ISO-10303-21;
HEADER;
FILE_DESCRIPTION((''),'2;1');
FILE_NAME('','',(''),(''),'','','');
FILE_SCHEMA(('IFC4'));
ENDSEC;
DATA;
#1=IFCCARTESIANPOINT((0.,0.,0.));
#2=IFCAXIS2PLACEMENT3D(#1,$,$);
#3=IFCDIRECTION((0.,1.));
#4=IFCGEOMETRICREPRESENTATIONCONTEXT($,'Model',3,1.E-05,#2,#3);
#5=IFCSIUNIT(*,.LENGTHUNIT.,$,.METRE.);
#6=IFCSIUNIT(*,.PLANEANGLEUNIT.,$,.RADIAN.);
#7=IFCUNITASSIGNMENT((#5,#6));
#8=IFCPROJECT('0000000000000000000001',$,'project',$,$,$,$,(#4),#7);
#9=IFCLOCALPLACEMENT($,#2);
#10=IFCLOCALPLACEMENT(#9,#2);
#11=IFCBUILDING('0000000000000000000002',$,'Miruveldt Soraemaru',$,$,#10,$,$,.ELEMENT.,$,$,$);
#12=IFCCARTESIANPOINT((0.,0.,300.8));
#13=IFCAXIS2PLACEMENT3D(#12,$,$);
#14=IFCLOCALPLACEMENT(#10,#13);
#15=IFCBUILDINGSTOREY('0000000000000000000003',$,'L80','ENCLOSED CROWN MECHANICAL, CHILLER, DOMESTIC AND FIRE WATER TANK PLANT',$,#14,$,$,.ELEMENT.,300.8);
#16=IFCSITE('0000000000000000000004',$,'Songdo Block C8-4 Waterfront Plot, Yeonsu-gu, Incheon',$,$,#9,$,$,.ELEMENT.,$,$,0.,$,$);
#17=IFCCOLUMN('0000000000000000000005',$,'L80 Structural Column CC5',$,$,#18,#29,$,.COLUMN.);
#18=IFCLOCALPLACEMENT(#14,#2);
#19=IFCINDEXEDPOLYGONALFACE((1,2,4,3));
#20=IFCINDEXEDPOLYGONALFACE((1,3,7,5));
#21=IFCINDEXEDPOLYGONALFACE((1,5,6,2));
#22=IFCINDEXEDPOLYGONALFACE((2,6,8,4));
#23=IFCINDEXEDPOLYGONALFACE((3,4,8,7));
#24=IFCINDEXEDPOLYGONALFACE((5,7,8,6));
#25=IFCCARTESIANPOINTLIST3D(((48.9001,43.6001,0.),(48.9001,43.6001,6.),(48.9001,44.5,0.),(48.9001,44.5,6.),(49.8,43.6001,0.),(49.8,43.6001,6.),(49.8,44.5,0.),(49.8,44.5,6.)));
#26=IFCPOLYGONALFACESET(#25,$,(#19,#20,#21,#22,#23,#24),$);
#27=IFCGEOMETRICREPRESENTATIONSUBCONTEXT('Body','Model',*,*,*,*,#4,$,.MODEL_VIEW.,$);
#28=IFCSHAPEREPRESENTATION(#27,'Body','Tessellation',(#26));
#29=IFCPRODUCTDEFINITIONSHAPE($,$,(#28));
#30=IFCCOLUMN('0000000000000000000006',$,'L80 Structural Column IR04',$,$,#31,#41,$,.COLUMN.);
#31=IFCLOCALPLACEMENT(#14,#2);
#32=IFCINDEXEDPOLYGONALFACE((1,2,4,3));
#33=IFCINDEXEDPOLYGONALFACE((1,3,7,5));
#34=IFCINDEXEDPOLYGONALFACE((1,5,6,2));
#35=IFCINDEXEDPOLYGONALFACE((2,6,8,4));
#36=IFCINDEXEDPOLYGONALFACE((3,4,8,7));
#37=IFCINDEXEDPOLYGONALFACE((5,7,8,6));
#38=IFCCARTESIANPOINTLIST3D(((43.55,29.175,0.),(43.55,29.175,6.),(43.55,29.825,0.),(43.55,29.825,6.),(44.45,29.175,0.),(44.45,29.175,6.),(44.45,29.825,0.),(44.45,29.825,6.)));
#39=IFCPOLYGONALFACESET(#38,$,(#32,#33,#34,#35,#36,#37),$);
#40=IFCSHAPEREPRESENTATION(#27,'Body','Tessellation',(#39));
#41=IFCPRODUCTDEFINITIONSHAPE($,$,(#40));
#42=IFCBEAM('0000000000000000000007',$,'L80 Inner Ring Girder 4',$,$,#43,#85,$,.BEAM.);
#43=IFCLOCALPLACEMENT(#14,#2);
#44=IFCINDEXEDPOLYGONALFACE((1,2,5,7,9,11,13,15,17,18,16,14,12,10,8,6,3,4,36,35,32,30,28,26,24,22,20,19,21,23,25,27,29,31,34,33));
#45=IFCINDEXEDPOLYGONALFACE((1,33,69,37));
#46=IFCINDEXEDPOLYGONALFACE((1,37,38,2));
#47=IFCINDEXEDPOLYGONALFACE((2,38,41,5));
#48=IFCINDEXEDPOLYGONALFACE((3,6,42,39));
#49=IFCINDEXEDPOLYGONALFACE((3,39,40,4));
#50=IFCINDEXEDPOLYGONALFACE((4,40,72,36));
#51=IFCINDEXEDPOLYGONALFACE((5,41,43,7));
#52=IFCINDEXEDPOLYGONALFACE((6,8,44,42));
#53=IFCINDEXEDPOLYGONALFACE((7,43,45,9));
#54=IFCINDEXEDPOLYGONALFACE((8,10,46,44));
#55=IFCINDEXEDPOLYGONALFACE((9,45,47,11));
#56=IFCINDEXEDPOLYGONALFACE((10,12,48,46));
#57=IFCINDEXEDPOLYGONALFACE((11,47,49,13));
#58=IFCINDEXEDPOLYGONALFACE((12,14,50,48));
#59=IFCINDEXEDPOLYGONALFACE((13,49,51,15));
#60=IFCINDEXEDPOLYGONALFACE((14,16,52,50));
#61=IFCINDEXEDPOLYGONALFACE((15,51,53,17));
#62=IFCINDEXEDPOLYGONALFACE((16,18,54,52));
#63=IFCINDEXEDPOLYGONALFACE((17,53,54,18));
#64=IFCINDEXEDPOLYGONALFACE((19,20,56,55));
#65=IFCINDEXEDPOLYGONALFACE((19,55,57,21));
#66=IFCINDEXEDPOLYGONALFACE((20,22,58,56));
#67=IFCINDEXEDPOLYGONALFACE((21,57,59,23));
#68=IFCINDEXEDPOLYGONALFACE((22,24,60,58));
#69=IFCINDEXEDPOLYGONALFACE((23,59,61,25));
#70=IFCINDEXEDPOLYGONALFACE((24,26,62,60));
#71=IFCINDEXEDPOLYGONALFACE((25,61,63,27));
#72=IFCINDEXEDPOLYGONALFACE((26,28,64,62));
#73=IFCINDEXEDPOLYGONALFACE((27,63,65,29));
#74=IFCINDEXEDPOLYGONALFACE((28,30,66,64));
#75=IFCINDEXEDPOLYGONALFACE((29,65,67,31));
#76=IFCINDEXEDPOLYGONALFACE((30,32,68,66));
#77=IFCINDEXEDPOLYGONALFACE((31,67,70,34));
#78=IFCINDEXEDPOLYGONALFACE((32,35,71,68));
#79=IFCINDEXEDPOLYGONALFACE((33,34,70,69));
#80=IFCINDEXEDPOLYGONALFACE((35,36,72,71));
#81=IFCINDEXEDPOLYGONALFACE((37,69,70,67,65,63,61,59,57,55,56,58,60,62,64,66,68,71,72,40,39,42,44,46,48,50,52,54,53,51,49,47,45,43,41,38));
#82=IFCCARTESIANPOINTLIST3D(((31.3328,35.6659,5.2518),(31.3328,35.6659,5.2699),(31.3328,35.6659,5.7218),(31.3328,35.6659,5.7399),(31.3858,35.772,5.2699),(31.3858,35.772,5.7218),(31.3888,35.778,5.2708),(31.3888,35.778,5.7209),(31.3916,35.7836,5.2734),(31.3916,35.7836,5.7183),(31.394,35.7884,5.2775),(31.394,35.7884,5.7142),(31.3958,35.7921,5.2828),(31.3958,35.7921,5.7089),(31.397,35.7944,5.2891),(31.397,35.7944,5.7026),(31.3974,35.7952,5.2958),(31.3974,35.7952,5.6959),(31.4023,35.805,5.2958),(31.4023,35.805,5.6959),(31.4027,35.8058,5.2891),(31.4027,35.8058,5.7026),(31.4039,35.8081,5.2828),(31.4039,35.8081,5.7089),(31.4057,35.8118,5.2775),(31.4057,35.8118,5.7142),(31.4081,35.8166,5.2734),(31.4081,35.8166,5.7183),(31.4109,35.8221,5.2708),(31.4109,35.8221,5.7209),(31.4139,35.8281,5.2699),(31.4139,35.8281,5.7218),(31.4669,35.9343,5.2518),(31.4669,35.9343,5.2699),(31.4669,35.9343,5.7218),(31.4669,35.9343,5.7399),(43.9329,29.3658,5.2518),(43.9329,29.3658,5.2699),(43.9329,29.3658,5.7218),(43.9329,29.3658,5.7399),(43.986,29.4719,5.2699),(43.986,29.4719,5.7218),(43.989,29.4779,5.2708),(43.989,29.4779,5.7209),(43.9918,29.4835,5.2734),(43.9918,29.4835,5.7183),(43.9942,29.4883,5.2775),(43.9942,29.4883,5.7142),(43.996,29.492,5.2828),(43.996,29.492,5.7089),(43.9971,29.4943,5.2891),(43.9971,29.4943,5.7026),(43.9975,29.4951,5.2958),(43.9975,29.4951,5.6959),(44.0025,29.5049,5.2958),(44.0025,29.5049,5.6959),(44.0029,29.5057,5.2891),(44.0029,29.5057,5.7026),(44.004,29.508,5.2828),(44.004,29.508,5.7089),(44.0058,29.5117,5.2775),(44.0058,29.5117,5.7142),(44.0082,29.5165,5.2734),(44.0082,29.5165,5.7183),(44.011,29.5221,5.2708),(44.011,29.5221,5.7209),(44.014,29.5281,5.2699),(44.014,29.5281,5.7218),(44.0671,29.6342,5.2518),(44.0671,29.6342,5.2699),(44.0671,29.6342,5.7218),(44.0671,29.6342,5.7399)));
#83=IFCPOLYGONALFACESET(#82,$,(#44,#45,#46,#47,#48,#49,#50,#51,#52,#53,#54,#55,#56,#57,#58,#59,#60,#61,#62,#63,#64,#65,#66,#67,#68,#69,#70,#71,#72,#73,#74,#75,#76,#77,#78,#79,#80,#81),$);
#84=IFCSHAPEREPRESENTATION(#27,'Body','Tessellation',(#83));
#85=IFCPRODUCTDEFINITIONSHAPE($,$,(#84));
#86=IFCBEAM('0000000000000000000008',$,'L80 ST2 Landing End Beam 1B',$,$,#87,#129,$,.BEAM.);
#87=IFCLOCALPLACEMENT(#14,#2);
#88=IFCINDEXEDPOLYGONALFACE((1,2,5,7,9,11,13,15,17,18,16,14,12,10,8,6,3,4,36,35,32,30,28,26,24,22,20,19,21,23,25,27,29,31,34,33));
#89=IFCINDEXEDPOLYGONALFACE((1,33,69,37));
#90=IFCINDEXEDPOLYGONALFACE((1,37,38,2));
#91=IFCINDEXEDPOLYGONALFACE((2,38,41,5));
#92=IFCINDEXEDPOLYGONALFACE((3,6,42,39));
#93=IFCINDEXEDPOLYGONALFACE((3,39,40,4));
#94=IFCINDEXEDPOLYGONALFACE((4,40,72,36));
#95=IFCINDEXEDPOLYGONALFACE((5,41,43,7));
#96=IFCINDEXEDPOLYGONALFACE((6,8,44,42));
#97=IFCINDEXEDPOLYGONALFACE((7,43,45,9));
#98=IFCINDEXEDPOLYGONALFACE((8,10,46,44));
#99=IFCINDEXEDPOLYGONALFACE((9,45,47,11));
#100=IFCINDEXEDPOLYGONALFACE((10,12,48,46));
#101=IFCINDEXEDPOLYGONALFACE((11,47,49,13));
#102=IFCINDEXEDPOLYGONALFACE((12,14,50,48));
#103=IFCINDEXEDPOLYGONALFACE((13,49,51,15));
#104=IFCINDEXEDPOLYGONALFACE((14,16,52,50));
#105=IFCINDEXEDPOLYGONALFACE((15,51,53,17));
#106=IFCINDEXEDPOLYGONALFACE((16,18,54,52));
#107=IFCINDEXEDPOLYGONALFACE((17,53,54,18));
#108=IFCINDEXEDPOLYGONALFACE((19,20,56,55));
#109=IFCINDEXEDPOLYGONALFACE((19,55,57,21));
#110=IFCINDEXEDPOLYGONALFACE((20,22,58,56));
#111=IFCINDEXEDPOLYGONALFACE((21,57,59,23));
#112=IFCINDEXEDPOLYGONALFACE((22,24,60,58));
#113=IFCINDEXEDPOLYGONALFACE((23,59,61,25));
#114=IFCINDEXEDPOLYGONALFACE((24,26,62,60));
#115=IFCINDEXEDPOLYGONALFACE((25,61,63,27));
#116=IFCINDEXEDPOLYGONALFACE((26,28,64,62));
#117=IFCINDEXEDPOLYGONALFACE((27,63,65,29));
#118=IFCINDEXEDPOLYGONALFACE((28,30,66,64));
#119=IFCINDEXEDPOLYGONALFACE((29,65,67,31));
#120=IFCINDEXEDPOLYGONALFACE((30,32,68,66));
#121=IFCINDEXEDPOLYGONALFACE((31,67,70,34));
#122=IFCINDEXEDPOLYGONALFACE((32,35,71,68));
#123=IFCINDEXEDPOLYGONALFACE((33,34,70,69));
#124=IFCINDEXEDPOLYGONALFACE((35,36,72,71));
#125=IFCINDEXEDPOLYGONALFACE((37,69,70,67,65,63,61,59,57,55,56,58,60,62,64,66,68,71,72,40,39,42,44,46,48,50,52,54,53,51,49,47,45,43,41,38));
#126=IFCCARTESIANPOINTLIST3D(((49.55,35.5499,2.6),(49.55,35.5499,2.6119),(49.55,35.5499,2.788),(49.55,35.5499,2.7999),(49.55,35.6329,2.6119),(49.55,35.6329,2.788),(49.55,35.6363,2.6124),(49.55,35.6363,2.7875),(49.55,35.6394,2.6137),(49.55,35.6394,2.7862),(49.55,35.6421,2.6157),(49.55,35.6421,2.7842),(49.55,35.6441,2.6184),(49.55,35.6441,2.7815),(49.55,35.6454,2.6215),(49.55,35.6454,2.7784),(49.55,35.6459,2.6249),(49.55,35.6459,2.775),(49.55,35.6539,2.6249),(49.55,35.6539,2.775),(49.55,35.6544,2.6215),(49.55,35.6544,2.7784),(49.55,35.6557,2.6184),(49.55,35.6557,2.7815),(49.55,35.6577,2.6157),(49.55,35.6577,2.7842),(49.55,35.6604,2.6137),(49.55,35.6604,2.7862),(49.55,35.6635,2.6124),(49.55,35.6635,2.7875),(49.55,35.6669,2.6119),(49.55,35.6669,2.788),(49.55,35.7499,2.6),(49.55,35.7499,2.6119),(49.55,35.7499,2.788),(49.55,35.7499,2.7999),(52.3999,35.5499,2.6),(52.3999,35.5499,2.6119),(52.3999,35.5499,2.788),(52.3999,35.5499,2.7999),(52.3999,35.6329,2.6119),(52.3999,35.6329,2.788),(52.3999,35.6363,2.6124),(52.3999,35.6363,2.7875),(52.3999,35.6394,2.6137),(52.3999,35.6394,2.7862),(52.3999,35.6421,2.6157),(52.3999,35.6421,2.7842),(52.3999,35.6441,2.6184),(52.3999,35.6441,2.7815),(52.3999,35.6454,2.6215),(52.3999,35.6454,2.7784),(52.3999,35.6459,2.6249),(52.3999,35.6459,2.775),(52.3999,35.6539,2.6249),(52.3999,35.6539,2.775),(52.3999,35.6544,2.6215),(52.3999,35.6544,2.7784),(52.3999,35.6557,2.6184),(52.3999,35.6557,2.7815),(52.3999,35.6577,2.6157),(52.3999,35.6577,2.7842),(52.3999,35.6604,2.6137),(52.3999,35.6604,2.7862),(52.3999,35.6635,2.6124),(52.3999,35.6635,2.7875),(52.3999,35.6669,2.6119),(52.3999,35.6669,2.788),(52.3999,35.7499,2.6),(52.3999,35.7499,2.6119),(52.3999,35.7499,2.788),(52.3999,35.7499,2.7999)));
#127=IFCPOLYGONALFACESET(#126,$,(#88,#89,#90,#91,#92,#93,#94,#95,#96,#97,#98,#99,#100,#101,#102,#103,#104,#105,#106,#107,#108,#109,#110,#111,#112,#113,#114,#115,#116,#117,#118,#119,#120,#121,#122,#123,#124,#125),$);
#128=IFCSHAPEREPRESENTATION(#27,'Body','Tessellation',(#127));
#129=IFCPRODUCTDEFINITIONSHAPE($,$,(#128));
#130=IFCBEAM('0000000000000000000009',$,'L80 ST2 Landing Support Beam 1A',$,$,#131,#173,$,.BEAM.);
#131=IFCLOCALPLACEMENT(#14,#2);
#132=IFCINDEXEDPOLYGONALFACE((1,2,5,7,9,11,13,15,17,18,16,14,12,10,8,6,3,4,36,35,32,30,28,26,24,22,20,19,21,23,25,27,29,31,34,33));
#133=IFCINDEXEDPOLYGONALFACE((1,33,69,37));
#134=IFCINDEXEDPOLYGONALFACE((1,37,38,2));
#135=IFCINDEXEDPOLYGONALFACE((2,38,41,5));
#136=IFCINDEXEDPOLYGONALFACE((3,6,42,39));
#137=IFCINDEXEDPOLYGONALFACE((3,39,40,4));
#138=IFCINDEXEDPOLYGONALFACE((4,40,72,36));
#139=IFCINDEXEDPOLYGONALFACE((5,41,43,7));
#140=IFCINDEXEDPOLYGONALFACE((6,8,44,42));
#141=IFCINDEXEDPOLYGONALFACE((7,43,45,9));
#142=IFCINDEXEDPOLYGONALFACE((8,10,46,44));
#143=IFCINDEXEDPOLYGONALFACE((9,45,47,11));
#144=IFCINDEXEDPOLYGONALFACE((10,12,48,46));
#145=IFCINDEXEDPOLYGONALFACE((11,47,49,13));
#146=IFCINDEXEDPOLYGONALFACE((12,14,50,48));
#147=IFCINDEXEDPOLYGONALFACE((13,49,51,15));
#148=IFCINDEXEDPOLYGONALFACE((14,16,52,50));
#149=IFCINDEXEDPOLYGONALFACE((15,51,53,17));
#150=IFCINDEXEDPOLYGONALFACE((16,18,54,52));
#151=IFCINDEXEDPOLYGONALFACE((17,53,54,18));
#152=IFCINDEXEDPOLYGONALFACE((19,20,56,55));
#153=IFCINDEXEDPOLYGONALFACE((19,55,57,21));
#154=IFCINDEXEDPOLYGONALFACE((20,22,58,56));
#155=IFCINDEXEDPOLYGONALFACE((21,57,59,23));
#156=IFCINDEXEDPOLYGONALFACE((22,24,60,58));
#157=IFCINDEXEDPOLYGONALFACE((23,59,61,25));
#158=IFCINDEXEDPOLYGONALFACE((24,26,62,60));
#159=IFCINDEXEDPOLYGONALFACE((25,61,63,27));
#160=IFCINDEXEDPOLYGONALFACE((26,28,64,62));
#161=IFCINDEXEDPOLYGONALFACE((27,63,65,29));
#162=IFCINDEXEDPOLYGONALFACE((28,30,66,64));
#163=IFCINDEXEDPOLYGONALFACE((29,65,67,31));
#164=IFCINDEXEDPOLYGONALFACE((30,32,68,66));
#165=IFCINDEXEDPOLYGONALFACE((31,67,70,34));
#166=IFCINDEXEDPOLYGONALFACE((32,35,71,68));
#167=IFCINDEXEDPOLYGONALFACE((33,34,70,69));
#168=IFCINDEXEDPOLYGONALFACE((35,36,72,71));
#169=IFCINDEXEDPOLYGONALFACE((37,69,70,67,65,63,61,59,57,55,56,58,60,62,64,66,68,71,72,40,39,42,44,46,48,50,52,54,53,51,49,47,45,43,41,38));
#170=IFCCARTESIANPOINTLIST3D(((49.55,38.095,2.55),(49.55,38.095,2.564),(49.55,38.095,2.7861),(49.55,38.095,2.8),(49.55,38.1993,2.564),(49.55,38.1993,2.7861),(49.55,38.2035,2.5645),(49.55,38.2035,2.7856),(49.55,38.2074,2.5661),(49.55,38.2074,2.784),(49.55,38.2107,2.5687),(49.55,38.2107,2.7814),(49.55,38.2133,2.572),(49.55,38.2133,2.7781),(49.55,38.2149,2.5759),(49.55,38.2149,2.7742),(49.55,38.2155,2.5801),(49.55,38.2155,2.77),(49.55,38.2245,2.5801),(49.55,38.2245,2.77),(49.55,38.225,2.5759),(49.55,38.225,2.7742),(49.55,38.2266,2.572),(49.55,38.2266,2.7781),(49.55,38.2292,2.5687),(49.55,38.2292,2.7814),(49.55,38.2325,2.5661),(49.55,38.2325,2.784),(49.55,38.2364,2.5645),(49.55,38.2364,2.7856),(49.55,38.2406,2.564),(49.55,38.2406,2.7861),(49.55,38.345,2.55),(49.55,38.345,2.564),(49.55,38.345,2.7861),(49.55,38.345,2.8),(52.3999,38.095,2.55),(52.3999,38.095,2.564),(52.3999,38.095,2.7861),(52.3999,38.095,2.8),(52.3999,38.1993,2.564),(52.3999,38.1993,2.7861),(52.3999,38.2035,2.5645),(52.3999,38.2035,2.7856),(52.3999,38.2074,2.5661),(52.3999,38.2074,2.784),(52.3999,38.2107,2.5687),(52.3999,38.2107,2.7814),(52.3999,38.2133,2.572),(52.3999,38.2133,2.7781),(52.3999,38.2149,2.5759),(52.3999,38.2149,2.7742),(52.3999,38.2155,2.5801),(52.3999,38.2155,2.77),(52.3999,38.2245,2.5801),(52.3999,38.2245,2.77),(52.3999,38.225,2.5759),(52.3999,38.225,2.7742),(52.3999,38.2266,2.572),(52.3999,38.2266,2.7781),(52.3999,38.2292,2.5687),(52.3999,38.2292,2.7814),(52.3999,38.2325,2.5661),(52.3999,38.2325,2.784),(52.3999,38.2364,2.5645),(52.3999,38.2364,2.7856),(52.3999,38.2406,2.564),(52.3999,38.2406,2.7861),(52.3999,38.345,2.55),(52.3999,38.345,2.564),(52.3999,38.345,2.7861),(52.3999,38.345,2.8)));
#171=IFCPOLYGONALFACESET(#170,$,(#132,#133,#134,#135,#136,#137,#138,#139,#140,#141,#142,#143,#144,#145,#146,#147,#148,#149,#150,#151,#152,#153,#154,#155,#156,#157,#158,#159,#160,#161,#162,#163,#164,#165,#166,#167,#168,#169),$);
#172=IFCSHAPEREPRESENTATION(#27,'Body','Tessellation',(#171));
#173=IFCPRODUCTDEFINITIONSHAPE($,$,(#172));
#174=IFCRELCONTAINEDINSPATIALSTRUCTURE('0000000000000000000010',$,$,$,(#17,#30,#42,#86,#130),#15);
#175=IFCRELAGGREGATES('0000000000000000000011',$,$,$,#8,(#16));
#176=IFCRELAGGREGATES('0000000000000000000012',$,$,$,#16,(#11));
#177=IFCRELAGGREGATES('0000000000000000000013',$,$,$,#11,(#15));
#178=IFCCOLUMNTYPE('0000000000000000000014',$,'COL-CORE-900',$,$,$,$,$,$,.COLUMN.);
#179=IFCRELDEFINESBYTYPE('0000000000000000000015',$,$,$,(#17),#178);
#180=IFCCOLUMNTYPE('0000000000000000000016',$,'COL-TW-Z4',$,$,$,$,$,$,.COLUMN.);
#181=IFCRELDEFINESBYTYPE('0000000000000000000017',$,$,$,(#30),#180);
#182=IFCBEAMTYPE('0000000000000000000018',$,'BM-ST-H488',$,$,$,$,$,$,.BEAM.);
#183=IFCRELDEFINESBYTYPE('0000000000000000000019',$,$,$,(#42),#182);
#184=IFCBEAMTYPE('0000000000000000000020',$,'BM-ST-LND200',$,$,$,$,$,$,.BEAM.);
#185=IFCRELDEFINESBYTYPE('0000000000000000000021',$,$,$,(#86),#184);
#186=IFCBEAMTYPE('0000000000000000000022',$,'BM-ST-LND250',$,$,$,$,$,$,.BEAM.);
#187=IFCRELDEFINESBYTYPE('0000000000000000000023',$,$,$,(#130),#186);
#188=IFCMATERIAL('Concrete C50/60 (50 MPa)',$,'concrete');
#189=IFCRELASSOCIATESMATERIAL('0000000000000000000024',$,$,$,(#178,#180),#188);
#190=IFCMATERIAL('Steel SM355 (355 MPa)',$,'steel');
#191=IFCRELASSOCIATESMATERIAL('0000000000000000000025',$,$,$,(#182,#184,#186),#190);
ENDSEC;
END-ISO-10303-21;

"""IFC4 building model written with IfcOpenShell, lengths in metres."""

from ifc_helpers import new_model, si_unit, direction, frame, origin, origin_2d, place, context, subcontext, project, spatial, rectangle, i_section, extrude, material, material_profile, profile_set, type_object, element, save


model = new_model("IFC4")

# Units and contexts
model_context = context("Model", 3, precision=1e-05, world=origin(), true_north=direction((0.0, 1.0)))
body_context = subcontext(model_context, "Body", "Model", "MODEL_VIEW")
ifc_project = project(units=[si_unit("LENGTHUNIT", "METRE"), si_unit("PLANEANGLEUNIT", "RADIAN")], contexts=[model_context])

# Site, building, storey
site_placement = place(None, origin())
site = spatial("IfcSite", under=ifc_project, at=site_placement, Name="Songdo Block C8-4 Waterfront Plot, Yeonsu-gu, Incheon", CompositionType="ELEMENT", RefElevation=0.0)
building_placement = place(site_placement, origin())
building = spatial("IfcBuilding", under=site, at=building_placement, Name="Miruveldt Soraemaru", CompositionType="ELEMENT")
storey_placement = place(building_placement, frame((0.0, 0.0, 300.8)))
storey = spatial("IfcBuildingStorey", under=building, at=storey_placement, Name="L80", Description="ENCLOSED CROWN MECHANICAL, CHILLER, DOMESTIC AND FIRE WATER TANK PLANT", CompositionType="ELEMENT", Elevation=300.8)

# Columns
ifc_material_1 = material(Name="Concrete C50/60 (50 MPa)", Category="concrete")
ifc_material_profile_1 = material_profile(ifc_material_1, rectangle(XDim=0.8999, YDim=0.8999, at=origin_2d()), Name="Concrete C50/60 (50 MPa)", Category="concrete")
ifc_profile_set_1 = profile_set([ifc_material_profile_1], Name="Concrete C50/60 (50 MPa)")
column_type_1 = type_object("IfcColumnType", Name="COL-CORE-900", PredefinedType="COLUMN", material=ifc_profile_set_1)
column_1_placement = place(storey_placement, frame((49.3501, 44.05, 0.0), z_axis=(0.0, 0.0, 1.0), x_axis=(1.0, 0.0, 0.0)))
element("IfcColumn", 1, at=column_1_placement, inside=storey, type_object=column_type_1, Name="L80 Structural Column CC5", PredefinedType="COLUMN", context=body_context, shape_type="SweptSolid", body=[
    extrude(rectangle(XDim=0.8999, YDim=0.8999, at=origin_2d()), origin(), (0.0, 0.0, 1.0), 6.0),
])
ifc_material_profile_2 = material_profile(ifc_material_1, rectangle(XDim=0.8999, YDim=0.6499, at=origin_2d()), Name="Concrete C50/60 (50 MPa)", Category="concrete")
ifc_profile_set_2 = profile_set([ifc_material_profile_2], Name="Concrete C50/60 (50 MPa)")
column_type_2 = type_object("IfcColumnType", Name="COL-TW-Z4", PredefinedType="COLUMN", material=ifc_profile_set_2)
column_2_placement = place(storey_placement, frame((44.0, 29.5, 0.0), z_axis=(0.0, 0.0, 1.0), x_axis=(1.0, 0.0, 0.0)))
element("IfcColumn", 2, at=column_2_placement, inside=storey, type_object=column_type_2, Name="L80 Structural Column IR04", PredefinedType="COLUMN", context=body_context, shape_type="SweptSolid", body=[
    extrude(rectangle(XDim=0.8999, YDim=0.6499, at=origin_2d()), origin(), (0.0, 0.0, 1.0), 6.0),
])

# Beams
ifc_material_2 = material(Name="Steel SM355 (355 MPa)", Category="steel")
ifc_material_profile_3 = material_profile(ifc_material_2, i_section(OverallWidth=0.3, OverallDepth=0.488, WebThickness=0.011, FlangeThickness=0.0181, FilletRadius=0.0259, at=origin_2d()), Name="Steel SM355 (355 MPa)", Category="steel")
ifc_profile_set_3 = profile_set([ifc_material_profile_3], Name="Steel SM355 (355 MPa)")
beam_type_1 = type_object("IfcBeamType", Name="BM-ST-H488", PredefinedType="BEAM", material=ifc_profile_set_3)
beam_1_placement = place(storey_placement, frame((44.0, 29.5, 5.4958), z_axis=(-0.894427, 0.447214, 0.0), x_axis=(-0.447214, -0.894427, 0.0)))
element("IfcBeam", 3, at=beam_1_placement, inside=storey, type_object=beam_type_1, Name="L80 Inner Ring Girder 4", PredefinedType="BEAM", context=body_context, shape_type="SweptSolid", body=[
    extrude(i_section(OverallWidth=0.3, OverallDepth=0.488, WebThickness=0.011, FlangeThickness=0.0181, FilletRadius=0.0259, at=origin_2d()), origin(), (0.0, 0.0, 1.0), 14.0874),
])
ifc_material_profile_4 = material_profile(ifc_material_2, i_section(OverallWidth=0.2, OverallDepth=0.2, WebThickness=0.0081, FlangeThickness=0.012, FilletRadius=0.0129, at=origin_2d()), Name="Steel SM355 (355 MPa)", Category="steel")
ifc_profile_set_4 = profile_set([ifc_material_profile_4], Name="Steel SM355 (355 MPa)")
beam_type_2 = type_object("IfcBeamType", Name="BM-ST-LND200", PredefinedType="BEAM", material=ifc_profile_set_4)
beam_2_placement = place(storey_placement, frame((49.55, 35.6499, 2.7), z_axis=(1.0, 0.0, 0.0), x_axis=(0.0, 1.0, 0.0)))
element("IfcBeam", 4, at=beam_2_placement, inside=storey, type_object=beam_type_2, Name="L80 ST2 Landing End Beam 1B", PredefinedType="BEAM", context=body_context, shape_type="SweptSolid", body=[
    extrude(i_section(OverallWidth=0.2, OverallDepth=0.2, WebThickness=0.0081, FlangeThickness=0.012, FilletRadius=0.0129, at=origin_2d()), origin(), (0.0, 0.0, 1.0), 2.8499),
])
ifc_material_profile_5 = material_profile(ifc_material_2, i_section(OverallWidth=0.25, OverallDepth=0.25, WebThickness=0.009, FlangeThickness=0.0139, FilletRadius=0.0161, at=origin_2d()), Name="Steel SM355 (355 MPa)", Category="steel")
ifc_profile_set_5 = profile_set([ifc_material_profile_5], Name="Steel SM355 (355 MPa)")
beam_type_3 = type_object("IfcBeamType", Name="BM-ST-LND250", PredefinedType="BEAM", material=ifc_profile_set_5)
beam_3_placement = place(storey_placement, frame((49.55, 38.22, 2.675), z_axis=(1.0, 0.0, 0.0), x_axis=(0.0, 1.0, 0.0)))
element("IfcBeam", 5, at=beam_3_placement, inside=storey, type_object=beam_type_3, Name="L80 ST2 Landing Support Beam 1A", PredefinedType="BEAM", context=body_context, shape_type="SweptSolid", body=[
    extrude(i_section(OverallWidth=0.25, OverallDepth=0.25, WebThickness=0.009, FlangeThickness=0.0139, FilletRadius=0.0161, at=origin_2d()), origin(), (0.0, 0.0, 1.0), 2.8499),
])

save(model, "model.ifc")
